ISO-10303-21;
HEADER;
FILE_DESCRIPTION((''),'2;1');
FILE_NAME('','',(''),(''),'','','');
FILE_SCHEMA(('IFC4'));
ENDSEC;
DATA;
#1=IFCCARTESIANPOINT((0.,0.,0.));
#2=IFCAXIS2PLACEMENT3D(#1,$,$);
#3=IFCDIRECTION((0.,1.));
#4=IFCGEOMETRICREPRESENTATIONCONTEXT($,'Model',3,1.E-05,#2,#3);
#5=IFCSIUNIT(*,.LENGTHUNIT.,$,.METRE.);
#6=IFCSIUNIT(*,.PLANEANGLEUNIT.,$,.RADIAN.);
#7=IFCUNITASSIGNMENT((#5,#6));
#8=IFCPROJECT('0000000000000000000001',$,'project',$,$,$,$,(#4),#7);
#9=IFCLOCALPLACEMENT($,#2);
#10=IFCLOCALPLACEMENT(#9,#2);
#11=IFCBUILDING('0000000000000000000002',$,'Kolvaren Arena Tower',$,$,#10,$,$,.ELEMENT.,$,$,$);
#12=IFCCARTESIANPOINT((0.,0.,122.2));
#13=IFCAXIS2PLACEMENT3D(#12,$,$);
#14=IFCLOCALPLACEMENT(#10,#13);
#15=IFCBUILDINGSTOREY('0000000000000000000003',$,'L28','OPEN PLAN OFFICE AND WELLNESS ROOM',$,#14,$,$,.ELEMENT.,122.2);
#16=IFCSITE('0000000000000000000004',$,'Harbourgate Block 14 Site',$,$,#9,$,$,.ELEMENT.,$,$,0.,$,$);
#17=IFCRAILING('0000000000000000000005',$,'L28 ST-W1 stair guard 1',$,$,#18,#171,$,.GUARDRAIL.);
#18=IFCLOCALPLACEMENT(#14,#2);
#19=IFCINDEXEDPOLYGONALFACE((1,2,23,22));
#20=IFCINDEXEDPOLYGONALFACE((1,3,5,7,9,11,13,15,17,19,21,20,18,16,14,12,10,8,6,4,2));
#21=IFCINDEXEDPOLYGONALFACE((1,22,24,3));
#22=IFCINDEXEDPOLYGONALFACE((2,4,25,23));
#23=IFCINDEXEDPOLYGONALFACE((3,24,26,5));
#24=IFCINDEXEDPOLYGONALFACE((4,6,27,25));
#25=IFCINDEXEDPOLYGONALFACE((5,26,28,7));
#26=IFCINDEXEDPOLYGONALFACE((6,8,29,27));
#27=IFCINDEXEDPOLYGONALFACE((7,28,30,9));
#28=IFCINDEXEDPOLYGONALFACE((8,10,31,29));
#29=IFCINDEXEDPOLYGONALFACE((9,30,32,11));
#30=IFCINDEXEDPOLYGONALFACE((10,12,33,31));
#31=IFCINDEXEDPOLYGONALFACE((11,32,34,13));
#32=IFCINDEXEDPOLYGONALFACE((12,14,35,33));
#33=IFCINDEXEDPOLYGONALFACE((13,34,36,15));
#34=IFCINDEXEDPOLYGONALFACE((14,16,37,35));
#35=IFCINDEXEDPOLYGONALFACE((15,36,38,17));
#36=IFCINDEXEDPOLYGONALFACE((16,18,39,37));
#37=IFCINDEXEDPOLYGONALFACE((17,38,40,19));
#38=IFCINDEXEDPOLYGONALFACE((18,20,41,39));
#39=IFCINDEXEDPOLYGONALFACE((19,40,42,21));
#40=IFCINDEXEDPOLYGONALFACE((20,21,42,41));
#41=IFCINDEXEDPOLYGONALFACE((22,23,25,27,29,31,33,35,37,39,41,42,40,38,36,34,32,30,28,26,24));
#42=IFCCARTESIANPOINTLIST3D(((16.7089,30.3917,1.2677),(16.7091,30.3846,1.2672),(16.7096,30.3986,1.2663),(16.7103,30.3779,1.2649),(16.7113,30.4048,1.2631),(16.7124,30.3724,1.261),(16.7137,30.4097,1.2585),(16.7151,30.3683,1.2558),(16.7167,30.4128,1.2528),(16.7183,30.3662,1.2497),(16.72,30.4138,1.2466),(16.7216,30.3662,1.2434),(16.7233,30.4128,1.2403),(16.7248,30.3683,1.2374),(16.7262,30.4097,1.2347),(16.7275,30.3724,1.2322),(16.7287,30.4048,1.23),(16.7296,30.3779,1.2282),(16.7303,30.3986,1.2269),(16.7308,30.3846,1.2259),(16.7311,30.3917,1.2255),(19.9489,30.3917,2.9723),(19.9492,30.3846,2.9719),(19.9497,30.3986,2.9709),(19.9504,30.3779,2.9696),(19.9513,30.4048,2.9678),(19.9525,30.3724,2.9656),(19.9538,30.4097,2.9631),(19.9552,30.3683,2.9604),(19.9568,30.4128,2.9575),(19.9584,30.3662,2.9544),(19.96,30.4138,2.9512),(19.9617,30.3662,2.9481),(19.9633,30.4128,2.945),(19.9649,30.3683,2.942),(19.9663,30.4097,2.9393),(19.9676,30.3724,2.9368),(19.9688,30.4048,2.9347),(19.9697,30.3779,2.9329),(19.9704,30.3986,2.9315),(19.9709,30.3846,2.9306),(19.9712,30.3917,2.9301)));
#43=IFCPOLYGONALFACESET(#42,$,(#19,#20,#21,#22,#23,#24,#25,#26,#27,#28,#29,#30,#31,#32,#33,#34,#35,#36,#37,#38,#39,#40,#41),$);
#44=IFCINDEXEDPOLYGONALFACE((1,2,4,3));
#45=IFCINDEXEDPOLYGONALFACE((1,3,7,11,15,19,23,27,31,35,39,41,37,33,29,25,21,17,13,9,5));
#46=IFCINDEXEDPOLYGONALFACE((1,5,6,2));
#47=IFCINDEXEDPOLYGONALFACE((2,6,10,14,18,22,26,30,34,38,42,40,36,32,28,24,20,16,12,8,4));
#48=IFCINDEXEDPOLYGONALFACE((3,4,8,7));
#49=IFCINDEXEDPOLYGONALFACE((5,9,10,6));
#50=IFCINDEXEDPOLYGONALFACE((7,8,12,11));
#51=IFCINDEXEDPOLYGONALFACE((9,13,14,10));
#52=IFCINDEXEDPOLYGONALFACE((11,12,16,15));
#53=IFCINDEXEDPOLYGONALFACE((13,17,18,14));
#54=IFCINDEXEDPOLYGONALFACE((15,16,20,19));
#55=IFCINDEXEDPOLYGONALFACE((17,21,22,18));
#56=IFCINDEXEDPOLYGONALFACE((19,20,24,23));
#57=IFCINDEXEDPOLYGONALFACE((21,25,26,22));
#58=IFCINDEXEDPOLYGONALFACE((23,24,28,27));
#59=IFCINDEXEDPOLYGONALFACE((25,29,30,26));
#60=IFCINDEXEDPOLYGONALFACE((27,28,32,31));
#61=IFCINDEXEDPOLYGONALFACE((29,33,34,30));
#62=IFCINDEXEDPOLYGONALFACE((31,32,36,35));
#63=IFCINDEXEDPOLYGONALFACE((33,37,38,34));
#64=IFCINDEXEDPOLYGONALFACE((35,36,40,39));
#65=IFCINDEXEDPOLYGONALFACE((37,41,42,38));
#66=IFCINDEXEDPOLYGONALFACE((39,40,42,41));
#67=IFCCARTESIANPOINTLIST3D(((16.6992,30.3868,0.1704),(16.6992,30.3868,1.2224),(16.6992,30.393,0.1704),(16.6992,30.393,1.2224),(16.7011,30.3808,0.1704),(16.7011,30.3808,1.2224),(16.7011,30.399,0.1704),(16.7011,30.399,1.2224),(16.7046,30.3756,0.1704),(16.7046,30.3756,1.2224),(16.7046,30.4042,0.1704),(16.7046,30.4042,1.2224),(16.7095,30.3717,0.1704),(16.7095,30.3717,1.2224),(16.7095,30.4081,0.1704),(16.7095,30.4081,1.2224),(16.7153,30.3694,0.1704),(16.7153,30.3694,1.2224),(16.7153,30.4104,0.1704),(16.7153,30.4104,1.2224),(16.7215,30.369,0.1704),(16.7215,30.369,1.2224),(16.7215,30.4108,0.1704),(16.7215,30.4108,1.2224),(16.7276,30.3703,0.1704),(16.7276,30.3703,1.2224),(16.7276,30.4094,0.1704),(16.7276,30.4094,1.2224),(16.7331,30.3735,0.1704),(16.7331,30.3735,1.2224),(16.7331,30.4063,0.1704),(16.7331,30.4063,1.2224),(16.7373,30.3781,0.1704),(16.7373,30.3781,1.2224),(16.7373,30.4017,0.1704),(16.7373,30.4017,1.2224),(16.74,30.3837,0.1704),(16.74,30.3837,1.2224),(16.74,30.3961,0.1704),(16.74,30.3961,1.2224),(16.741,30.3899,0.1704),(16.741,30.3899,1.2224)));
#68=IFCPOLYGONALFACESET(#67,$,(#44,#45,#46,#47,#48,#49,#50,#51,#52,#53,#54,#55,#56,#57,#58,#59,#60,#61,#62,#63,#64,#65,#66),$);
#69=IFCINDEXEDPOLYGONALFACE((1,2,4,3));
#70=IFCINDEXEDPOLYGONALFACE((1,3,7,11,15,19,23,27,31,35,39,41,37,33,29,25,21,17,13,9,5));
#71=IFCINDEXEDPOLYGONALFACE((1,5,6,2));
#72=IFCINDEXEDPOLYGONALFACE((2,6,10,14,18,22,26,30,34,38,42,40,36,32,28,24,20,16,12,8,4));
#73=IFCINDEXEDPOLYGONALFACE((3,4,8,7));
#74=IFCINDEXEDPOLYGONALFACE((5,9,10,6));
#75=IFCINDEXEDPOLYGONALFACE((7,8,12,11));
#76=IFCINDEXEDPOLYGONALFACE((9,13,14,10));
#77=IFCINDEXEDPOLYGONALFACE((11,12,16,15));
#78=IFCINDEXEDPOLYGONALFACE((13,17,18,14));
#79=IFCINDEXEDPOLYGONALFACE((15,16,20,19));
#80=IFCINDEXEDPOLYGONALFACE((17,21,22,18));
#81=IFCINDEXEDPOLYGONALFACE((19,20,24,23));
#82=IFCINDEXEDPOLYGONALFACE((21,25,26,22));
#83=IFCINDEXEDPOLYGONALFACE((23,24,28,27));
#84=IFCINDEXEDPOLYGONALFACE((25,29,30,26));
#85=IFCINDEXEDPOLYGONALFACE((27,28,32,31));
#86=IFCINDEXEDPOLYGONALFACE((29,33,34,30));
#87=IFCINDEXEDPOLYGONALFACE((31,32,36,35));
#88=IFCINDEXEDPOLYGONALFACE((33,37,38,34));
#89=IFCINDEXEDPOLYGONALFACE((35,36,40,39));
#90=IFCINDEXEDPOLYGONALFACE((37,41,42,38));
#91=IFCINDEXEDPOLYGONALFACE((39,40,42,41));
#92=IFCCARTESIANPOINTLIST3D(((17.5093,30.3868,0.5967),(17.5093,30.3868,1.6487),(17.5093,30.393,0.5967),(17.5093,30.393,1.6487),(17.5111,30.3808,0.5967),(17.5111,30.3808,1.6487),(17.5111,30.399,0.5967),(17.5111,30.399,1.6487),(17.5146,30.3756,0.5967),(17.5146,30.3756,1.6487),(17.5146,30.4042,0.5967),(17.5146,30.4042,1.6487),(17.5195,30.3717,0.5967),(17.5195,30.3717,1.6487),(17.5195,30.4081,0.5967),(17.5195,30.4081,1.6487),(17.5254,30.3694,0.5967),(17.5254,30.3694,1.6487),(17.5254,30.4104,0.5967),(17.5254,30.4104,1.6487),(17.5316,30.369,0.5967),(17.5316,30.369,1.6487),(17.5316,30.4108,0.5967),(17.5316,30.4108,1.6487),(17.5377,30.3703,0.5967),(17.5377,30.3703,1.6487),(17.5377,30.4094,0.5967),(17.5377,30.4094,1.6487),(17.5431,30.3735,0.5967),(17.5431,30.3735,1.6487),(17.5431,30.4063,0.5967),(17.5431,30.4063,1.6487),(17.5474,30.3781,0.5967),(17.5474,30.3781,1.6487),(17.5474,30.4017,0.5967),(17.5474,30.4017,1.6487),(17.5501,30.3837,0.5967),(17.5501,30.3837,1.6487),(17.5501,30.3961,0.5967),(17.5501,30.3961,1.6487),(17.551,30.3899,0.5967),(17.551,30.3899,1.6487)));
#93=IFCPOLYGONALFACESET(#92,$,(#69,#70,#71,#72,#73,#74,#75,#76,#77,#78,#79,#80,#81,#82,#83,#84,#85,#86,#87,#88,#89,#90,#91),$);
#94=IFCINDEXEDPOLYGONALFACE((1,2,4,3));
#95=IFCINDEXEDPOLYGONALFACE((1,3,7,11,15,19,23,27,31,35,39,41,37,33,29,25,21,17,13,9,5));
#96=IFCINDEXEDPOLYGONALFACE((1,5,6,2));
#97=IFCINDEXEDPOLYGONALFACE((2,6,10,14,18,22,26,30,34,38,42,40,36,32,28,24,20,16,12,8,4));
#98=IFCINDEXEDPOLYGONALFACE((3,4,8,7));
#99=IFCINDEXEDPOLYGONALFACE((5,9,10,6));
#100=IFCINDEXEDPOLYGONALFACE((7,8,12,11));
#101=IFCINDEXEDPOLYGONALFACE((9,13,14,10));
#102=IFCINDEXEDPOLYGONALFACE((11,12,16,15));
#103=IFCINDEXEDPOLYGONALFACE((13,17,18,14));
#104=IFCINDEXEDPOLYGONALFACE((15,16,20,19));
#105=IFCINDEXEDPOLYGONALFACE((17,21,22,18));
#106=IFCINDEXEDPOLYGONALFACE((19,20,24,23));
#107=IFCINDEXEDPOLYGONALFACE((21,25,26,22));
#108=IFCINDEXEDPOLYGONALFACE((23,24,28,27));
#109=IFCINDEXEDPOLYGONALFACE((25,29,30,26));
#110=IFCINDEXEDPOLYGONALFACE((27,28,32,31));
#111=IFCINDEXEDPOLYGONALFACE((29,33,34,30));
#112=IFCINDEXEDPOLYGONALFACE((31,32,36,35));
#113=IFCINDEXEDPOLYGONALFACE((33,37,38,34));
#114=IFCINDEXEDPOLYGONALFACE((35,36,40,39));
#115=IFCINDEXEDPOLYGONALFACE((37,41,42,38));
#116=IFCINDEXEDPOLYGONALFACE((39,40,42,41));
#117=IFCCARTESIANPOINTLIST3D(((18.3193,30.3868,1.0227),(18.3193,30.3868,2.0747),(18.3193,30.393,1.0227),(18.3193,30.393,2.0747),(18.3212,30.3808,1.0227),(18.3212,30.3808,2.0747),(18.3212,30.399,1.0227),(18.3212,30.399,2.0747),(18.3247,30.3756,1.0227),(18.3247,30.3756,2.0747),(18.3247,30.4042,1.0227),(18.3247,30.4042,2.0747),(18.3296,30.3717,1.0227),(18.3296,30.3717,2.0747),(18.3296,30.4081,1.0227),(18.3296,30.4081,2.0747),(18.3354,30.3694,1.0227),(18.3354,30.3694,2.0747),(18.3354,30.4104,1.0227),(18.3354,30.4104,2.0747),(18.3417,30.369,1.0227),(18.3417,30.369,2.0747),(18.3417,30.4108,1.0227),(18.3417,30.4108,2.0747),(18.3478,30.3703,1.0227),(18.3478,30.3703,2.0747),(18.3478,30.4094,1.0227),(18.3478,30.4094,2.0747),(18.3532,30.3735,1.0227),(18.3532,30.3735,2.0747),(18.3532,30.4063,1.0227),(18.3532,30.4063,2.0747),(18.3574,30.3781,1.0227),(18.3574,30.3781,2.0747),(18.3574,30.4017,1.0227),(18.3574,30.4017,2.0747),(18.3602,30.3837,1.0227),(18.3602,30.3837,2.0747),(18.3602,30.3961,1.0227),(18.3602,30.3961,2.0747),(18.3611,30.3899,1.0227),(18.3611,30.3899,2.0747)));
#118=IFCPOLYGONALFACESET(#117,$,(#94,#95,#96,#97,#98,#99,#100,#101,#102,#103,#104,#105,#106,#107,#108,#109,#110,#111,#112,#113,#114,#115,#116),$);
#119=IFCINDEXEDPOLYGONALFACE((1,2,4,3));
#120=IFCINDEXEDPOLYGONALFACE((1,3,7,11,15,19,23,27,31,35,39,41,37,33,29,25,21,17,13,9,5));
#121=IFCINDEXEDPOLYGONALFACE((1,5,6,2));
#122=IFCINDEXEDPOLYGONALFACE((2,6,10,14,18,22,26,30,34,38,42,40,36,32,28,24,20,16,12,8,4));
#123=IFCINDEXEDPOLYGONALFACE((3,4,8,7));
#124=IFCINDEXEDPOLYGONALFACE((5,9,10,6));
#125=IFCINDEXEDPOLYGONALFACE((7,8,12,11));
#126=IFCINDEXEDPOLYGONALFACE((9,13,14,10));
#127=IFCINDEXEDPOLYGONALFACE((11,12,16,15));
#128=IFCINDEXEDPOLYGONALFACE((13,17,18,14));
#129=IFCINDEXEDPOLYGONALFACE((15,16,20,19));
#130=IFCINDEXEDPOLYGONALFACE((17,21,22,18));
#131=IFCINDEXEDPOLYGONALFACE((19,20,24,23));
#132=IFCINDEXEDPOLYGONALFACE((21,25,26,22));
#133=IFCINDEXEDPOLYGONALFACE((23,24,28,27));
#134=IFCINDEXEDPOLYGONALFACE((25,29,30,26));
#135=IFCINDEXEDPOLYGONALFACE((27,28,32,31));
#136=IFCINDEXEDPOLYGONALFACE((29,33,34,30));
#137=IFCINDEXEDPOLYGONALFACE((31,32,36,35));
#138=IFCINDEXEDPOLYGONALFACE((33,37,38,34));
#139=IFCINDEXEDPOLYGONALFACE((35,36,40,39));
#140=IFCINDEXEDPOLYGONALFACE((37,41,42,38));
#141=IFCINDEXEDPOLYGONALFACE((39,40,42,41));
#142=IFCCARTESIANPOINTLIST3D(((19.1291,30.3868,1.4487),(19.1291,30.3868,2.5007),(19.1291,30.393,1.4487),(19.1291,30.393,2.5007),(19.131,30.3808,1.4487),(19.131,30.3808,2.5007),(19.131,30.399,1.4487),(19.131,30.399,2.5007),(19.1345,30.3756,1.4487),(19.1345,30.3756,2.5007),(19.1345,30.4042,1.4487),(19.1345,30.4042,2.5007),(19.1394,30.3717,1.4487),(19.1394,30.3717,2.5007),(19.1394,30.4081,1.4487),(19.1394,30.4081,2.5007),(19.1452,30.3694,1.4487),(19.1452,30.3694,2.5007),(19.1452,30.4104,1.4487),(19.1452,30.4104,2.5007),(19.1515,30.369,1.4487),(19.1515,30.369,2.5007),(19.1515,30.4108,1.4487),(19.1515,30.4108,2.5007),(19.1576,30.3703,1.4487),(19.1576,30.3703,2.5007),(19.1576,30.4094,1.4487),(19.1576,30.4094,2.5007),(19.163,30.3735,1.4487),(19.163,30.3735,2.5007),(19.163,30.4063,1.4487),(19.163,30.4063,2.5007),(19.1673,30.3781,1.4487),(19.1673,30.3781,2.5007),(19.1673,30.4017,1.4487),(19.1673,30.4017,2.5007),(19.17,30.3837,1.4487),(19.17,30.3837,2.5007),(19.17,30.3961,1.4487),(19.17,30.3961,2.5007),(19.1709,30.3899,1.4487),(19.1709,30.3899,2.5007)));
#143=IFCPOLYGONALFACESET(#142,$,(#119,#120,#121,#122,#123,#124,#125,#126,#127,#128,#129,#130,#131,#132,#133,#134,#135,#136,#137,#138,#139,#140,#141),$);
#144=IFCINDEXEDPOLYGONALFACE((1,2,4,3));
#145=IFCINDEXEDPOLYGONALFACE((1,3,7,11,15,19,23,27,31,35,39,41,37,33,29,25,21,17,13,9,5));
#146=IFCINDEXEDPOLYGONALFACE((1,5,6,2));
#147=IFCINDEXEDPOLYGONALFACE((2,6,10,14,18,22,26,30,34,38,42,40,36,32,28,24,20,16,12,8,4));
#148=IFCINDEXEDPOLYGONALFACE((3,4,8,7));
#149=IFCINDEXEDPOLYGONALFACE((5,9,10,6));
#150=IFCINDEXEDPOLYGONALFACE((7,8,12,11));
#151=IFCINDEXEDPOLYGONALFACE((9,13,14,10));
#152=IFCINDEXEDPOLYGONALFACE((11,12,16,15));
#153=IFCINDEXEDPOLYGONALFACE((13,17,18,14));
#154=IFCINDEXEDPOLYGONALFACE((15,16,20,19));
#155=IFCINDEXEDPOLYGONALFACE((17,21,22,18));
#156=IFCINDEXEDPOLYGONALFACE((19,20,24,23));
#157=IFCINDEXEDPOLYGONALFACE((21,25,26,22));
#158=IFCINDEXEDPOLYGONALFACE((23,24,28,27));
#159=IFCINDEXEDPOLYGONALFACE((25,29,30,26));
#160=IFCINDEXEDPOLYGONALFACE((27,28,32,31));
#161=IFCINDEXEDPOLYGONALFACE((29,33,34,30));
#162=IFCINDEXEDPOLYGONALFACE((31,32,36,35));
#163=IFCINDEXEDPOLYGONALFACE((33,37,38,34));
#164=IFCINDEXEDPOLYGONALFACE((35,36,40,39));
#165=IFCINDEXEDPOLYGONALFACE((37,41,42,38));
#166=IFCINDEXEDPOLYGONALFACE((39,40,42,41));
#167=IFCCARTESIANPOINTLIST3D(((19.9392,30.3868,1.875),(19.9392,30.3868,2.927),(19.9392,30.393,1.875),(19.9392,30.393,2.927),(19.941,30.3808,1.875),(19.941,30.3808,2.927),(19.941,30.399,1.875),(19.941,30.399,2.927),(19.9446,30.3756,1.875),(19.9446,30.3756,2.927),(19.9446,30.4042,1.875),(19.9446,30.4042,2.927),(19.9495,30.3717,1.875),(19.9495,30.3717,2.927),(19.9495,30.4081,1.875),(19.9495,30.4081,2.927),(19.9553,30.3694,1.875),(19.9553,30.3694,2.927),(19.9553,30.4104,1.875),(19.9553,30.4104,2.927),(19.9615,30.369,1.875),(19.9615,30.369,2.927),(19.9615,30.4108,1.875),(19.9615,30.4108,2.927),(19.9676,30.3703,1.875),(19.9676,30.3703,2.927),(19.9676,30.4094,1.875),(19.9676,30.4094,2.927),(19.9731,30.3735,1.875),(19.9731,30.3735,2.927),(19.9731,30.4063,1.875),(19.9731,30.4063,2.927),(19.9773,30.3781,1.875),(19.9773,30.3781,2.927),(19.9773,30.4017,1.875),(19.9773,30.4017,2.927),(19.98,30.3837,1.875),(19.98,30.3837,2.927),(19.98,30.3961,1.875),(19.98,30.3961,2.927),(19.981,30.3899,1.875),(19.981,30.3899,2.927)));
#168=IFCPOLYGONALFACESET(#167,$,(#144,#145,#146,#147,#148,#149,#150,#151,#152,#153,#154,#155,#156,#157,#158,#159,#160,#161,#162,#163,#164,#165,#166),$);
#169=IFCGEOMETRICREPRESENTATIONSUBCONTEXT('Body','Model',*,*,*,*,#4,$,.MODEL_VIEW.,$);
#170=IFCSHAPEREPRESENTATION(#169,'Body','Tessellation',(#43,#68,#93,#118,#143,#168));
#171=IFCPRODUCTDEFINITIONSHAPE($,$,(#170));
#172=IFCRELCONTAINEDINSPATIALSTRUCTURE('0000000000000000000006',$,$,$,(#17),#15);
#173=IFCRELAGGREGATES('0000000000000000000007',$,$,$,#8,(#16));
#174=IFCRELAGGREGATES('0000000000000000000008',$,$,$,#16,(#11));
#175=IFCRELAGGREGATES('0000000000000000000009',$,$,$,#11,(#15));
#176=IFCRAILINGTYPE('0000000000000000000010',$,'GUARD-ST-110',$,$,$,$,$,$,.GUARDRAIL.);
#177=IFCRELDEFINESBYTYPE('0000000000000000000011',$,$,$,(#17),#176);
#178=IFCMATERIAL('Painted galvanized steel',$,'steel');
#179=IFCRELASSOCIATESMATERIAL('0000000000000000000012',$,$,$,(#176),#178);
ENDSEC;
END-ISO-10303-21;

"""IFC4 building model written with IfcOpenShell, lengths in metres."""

from ifc_helpers import new_model, si_unit, direction, frame, origin, origin_2d, place, context, subcontext, project, spatial, circle, extrude, material, type_object, element, save


model = new_model("IFC4")

# Units and contexts
model_context = context("Model", 3, precision=1e-05, world=origin(), true_north=direction((0.0, 1.0)))
body_context = subcontext(model_context, "Body", "Model", "MODEL_VIEW")
ifc_project = project(units=[si_unit("LENGTHUNIT", "METRE"), si_unit("PLANEANGLEUNIT", "RADIAN")], contexts=[model_context])

# Site, building, storey
site_placement = place(None, origin())
site = spatial("IfcSite", under=ifc_project, at=site_placement, Name="Harbourgate Block 14 Site", CompositionType="ELEMENT", RefElevation=0.0)
building_placement = place(site_placement, origin())
building = spatial("IfcBuilding", under=site, at=building_placement, Name="Kolvaren Arena Tower", CompositionType="ELEMENT")
storey_placement = place(building_placement, frame((0.0, 0.0, 122.2)))
storey = spatial("IfcBuildingStorey", under=building, at=storey_placement, Name="L28", Description="OPEN PLAN OFFICE AND WELLNESS ROOM", CompositionType="ELEMENT", Elevation=122.2)

# Railing
ifc_material_1 = material(Name="Painted galvanized steel", Category="steel")
railing_type_1 = type_object("IfcRailingType", Name="GUARD-ST-110", PredefinedType="GUARDRAIL", material=ifc_material_1)
railing_1_placement = place(storey_placement, frame((16.72, 30.3899, 0.1704)))
element("IfcRailing", 1, at=railing_1_placement, inside=storey, type_object=railing_type_1, Name="L28 ST-W1 stair guard 1", PredefinedType="GUARDRAIL", context=body_context, shape_type="SweptSolid", body=[
    extrude(circle(Radius=0.0239, at=origin_2d()), frame((0.0, 0.0, 1.0762), z_axis=(0.884993, 0.0, 0.465604), x_axis=(0.0, 1.0, 0.0)), (0.0, 0.0, 1.0), 3.6611),
    extrude(circle(Radius=0.021, at=origin_2d()), origin(), (0.0, 0.0, 1.0), 1.052),
    extrude(circle(Radius=0.021, at=origin_2d()), frame((0.8101, 0.0, 0.4263)), (0.0, 0.0, 1.0), 1.052),
    extrude(circle(Radius=0.021, at=origin_2d()), frame((1.6201, 0.0, 0.8523)), (0.0, 0.0, 1.0), 1.052),
    extrude(circle(Radius=0.021, at=origin_2d()), frame((2.4299, 0.0, 1.2783)), (0.0, 0.0, 1.0), 1.052),
    extrude(circle(Radius=0.021, at=origin_2d()), frame((3.24, 0.0, 1.7046)), (0.0, 0.0, 1.0), 1.052),
])

save(model, "model.ifc")
